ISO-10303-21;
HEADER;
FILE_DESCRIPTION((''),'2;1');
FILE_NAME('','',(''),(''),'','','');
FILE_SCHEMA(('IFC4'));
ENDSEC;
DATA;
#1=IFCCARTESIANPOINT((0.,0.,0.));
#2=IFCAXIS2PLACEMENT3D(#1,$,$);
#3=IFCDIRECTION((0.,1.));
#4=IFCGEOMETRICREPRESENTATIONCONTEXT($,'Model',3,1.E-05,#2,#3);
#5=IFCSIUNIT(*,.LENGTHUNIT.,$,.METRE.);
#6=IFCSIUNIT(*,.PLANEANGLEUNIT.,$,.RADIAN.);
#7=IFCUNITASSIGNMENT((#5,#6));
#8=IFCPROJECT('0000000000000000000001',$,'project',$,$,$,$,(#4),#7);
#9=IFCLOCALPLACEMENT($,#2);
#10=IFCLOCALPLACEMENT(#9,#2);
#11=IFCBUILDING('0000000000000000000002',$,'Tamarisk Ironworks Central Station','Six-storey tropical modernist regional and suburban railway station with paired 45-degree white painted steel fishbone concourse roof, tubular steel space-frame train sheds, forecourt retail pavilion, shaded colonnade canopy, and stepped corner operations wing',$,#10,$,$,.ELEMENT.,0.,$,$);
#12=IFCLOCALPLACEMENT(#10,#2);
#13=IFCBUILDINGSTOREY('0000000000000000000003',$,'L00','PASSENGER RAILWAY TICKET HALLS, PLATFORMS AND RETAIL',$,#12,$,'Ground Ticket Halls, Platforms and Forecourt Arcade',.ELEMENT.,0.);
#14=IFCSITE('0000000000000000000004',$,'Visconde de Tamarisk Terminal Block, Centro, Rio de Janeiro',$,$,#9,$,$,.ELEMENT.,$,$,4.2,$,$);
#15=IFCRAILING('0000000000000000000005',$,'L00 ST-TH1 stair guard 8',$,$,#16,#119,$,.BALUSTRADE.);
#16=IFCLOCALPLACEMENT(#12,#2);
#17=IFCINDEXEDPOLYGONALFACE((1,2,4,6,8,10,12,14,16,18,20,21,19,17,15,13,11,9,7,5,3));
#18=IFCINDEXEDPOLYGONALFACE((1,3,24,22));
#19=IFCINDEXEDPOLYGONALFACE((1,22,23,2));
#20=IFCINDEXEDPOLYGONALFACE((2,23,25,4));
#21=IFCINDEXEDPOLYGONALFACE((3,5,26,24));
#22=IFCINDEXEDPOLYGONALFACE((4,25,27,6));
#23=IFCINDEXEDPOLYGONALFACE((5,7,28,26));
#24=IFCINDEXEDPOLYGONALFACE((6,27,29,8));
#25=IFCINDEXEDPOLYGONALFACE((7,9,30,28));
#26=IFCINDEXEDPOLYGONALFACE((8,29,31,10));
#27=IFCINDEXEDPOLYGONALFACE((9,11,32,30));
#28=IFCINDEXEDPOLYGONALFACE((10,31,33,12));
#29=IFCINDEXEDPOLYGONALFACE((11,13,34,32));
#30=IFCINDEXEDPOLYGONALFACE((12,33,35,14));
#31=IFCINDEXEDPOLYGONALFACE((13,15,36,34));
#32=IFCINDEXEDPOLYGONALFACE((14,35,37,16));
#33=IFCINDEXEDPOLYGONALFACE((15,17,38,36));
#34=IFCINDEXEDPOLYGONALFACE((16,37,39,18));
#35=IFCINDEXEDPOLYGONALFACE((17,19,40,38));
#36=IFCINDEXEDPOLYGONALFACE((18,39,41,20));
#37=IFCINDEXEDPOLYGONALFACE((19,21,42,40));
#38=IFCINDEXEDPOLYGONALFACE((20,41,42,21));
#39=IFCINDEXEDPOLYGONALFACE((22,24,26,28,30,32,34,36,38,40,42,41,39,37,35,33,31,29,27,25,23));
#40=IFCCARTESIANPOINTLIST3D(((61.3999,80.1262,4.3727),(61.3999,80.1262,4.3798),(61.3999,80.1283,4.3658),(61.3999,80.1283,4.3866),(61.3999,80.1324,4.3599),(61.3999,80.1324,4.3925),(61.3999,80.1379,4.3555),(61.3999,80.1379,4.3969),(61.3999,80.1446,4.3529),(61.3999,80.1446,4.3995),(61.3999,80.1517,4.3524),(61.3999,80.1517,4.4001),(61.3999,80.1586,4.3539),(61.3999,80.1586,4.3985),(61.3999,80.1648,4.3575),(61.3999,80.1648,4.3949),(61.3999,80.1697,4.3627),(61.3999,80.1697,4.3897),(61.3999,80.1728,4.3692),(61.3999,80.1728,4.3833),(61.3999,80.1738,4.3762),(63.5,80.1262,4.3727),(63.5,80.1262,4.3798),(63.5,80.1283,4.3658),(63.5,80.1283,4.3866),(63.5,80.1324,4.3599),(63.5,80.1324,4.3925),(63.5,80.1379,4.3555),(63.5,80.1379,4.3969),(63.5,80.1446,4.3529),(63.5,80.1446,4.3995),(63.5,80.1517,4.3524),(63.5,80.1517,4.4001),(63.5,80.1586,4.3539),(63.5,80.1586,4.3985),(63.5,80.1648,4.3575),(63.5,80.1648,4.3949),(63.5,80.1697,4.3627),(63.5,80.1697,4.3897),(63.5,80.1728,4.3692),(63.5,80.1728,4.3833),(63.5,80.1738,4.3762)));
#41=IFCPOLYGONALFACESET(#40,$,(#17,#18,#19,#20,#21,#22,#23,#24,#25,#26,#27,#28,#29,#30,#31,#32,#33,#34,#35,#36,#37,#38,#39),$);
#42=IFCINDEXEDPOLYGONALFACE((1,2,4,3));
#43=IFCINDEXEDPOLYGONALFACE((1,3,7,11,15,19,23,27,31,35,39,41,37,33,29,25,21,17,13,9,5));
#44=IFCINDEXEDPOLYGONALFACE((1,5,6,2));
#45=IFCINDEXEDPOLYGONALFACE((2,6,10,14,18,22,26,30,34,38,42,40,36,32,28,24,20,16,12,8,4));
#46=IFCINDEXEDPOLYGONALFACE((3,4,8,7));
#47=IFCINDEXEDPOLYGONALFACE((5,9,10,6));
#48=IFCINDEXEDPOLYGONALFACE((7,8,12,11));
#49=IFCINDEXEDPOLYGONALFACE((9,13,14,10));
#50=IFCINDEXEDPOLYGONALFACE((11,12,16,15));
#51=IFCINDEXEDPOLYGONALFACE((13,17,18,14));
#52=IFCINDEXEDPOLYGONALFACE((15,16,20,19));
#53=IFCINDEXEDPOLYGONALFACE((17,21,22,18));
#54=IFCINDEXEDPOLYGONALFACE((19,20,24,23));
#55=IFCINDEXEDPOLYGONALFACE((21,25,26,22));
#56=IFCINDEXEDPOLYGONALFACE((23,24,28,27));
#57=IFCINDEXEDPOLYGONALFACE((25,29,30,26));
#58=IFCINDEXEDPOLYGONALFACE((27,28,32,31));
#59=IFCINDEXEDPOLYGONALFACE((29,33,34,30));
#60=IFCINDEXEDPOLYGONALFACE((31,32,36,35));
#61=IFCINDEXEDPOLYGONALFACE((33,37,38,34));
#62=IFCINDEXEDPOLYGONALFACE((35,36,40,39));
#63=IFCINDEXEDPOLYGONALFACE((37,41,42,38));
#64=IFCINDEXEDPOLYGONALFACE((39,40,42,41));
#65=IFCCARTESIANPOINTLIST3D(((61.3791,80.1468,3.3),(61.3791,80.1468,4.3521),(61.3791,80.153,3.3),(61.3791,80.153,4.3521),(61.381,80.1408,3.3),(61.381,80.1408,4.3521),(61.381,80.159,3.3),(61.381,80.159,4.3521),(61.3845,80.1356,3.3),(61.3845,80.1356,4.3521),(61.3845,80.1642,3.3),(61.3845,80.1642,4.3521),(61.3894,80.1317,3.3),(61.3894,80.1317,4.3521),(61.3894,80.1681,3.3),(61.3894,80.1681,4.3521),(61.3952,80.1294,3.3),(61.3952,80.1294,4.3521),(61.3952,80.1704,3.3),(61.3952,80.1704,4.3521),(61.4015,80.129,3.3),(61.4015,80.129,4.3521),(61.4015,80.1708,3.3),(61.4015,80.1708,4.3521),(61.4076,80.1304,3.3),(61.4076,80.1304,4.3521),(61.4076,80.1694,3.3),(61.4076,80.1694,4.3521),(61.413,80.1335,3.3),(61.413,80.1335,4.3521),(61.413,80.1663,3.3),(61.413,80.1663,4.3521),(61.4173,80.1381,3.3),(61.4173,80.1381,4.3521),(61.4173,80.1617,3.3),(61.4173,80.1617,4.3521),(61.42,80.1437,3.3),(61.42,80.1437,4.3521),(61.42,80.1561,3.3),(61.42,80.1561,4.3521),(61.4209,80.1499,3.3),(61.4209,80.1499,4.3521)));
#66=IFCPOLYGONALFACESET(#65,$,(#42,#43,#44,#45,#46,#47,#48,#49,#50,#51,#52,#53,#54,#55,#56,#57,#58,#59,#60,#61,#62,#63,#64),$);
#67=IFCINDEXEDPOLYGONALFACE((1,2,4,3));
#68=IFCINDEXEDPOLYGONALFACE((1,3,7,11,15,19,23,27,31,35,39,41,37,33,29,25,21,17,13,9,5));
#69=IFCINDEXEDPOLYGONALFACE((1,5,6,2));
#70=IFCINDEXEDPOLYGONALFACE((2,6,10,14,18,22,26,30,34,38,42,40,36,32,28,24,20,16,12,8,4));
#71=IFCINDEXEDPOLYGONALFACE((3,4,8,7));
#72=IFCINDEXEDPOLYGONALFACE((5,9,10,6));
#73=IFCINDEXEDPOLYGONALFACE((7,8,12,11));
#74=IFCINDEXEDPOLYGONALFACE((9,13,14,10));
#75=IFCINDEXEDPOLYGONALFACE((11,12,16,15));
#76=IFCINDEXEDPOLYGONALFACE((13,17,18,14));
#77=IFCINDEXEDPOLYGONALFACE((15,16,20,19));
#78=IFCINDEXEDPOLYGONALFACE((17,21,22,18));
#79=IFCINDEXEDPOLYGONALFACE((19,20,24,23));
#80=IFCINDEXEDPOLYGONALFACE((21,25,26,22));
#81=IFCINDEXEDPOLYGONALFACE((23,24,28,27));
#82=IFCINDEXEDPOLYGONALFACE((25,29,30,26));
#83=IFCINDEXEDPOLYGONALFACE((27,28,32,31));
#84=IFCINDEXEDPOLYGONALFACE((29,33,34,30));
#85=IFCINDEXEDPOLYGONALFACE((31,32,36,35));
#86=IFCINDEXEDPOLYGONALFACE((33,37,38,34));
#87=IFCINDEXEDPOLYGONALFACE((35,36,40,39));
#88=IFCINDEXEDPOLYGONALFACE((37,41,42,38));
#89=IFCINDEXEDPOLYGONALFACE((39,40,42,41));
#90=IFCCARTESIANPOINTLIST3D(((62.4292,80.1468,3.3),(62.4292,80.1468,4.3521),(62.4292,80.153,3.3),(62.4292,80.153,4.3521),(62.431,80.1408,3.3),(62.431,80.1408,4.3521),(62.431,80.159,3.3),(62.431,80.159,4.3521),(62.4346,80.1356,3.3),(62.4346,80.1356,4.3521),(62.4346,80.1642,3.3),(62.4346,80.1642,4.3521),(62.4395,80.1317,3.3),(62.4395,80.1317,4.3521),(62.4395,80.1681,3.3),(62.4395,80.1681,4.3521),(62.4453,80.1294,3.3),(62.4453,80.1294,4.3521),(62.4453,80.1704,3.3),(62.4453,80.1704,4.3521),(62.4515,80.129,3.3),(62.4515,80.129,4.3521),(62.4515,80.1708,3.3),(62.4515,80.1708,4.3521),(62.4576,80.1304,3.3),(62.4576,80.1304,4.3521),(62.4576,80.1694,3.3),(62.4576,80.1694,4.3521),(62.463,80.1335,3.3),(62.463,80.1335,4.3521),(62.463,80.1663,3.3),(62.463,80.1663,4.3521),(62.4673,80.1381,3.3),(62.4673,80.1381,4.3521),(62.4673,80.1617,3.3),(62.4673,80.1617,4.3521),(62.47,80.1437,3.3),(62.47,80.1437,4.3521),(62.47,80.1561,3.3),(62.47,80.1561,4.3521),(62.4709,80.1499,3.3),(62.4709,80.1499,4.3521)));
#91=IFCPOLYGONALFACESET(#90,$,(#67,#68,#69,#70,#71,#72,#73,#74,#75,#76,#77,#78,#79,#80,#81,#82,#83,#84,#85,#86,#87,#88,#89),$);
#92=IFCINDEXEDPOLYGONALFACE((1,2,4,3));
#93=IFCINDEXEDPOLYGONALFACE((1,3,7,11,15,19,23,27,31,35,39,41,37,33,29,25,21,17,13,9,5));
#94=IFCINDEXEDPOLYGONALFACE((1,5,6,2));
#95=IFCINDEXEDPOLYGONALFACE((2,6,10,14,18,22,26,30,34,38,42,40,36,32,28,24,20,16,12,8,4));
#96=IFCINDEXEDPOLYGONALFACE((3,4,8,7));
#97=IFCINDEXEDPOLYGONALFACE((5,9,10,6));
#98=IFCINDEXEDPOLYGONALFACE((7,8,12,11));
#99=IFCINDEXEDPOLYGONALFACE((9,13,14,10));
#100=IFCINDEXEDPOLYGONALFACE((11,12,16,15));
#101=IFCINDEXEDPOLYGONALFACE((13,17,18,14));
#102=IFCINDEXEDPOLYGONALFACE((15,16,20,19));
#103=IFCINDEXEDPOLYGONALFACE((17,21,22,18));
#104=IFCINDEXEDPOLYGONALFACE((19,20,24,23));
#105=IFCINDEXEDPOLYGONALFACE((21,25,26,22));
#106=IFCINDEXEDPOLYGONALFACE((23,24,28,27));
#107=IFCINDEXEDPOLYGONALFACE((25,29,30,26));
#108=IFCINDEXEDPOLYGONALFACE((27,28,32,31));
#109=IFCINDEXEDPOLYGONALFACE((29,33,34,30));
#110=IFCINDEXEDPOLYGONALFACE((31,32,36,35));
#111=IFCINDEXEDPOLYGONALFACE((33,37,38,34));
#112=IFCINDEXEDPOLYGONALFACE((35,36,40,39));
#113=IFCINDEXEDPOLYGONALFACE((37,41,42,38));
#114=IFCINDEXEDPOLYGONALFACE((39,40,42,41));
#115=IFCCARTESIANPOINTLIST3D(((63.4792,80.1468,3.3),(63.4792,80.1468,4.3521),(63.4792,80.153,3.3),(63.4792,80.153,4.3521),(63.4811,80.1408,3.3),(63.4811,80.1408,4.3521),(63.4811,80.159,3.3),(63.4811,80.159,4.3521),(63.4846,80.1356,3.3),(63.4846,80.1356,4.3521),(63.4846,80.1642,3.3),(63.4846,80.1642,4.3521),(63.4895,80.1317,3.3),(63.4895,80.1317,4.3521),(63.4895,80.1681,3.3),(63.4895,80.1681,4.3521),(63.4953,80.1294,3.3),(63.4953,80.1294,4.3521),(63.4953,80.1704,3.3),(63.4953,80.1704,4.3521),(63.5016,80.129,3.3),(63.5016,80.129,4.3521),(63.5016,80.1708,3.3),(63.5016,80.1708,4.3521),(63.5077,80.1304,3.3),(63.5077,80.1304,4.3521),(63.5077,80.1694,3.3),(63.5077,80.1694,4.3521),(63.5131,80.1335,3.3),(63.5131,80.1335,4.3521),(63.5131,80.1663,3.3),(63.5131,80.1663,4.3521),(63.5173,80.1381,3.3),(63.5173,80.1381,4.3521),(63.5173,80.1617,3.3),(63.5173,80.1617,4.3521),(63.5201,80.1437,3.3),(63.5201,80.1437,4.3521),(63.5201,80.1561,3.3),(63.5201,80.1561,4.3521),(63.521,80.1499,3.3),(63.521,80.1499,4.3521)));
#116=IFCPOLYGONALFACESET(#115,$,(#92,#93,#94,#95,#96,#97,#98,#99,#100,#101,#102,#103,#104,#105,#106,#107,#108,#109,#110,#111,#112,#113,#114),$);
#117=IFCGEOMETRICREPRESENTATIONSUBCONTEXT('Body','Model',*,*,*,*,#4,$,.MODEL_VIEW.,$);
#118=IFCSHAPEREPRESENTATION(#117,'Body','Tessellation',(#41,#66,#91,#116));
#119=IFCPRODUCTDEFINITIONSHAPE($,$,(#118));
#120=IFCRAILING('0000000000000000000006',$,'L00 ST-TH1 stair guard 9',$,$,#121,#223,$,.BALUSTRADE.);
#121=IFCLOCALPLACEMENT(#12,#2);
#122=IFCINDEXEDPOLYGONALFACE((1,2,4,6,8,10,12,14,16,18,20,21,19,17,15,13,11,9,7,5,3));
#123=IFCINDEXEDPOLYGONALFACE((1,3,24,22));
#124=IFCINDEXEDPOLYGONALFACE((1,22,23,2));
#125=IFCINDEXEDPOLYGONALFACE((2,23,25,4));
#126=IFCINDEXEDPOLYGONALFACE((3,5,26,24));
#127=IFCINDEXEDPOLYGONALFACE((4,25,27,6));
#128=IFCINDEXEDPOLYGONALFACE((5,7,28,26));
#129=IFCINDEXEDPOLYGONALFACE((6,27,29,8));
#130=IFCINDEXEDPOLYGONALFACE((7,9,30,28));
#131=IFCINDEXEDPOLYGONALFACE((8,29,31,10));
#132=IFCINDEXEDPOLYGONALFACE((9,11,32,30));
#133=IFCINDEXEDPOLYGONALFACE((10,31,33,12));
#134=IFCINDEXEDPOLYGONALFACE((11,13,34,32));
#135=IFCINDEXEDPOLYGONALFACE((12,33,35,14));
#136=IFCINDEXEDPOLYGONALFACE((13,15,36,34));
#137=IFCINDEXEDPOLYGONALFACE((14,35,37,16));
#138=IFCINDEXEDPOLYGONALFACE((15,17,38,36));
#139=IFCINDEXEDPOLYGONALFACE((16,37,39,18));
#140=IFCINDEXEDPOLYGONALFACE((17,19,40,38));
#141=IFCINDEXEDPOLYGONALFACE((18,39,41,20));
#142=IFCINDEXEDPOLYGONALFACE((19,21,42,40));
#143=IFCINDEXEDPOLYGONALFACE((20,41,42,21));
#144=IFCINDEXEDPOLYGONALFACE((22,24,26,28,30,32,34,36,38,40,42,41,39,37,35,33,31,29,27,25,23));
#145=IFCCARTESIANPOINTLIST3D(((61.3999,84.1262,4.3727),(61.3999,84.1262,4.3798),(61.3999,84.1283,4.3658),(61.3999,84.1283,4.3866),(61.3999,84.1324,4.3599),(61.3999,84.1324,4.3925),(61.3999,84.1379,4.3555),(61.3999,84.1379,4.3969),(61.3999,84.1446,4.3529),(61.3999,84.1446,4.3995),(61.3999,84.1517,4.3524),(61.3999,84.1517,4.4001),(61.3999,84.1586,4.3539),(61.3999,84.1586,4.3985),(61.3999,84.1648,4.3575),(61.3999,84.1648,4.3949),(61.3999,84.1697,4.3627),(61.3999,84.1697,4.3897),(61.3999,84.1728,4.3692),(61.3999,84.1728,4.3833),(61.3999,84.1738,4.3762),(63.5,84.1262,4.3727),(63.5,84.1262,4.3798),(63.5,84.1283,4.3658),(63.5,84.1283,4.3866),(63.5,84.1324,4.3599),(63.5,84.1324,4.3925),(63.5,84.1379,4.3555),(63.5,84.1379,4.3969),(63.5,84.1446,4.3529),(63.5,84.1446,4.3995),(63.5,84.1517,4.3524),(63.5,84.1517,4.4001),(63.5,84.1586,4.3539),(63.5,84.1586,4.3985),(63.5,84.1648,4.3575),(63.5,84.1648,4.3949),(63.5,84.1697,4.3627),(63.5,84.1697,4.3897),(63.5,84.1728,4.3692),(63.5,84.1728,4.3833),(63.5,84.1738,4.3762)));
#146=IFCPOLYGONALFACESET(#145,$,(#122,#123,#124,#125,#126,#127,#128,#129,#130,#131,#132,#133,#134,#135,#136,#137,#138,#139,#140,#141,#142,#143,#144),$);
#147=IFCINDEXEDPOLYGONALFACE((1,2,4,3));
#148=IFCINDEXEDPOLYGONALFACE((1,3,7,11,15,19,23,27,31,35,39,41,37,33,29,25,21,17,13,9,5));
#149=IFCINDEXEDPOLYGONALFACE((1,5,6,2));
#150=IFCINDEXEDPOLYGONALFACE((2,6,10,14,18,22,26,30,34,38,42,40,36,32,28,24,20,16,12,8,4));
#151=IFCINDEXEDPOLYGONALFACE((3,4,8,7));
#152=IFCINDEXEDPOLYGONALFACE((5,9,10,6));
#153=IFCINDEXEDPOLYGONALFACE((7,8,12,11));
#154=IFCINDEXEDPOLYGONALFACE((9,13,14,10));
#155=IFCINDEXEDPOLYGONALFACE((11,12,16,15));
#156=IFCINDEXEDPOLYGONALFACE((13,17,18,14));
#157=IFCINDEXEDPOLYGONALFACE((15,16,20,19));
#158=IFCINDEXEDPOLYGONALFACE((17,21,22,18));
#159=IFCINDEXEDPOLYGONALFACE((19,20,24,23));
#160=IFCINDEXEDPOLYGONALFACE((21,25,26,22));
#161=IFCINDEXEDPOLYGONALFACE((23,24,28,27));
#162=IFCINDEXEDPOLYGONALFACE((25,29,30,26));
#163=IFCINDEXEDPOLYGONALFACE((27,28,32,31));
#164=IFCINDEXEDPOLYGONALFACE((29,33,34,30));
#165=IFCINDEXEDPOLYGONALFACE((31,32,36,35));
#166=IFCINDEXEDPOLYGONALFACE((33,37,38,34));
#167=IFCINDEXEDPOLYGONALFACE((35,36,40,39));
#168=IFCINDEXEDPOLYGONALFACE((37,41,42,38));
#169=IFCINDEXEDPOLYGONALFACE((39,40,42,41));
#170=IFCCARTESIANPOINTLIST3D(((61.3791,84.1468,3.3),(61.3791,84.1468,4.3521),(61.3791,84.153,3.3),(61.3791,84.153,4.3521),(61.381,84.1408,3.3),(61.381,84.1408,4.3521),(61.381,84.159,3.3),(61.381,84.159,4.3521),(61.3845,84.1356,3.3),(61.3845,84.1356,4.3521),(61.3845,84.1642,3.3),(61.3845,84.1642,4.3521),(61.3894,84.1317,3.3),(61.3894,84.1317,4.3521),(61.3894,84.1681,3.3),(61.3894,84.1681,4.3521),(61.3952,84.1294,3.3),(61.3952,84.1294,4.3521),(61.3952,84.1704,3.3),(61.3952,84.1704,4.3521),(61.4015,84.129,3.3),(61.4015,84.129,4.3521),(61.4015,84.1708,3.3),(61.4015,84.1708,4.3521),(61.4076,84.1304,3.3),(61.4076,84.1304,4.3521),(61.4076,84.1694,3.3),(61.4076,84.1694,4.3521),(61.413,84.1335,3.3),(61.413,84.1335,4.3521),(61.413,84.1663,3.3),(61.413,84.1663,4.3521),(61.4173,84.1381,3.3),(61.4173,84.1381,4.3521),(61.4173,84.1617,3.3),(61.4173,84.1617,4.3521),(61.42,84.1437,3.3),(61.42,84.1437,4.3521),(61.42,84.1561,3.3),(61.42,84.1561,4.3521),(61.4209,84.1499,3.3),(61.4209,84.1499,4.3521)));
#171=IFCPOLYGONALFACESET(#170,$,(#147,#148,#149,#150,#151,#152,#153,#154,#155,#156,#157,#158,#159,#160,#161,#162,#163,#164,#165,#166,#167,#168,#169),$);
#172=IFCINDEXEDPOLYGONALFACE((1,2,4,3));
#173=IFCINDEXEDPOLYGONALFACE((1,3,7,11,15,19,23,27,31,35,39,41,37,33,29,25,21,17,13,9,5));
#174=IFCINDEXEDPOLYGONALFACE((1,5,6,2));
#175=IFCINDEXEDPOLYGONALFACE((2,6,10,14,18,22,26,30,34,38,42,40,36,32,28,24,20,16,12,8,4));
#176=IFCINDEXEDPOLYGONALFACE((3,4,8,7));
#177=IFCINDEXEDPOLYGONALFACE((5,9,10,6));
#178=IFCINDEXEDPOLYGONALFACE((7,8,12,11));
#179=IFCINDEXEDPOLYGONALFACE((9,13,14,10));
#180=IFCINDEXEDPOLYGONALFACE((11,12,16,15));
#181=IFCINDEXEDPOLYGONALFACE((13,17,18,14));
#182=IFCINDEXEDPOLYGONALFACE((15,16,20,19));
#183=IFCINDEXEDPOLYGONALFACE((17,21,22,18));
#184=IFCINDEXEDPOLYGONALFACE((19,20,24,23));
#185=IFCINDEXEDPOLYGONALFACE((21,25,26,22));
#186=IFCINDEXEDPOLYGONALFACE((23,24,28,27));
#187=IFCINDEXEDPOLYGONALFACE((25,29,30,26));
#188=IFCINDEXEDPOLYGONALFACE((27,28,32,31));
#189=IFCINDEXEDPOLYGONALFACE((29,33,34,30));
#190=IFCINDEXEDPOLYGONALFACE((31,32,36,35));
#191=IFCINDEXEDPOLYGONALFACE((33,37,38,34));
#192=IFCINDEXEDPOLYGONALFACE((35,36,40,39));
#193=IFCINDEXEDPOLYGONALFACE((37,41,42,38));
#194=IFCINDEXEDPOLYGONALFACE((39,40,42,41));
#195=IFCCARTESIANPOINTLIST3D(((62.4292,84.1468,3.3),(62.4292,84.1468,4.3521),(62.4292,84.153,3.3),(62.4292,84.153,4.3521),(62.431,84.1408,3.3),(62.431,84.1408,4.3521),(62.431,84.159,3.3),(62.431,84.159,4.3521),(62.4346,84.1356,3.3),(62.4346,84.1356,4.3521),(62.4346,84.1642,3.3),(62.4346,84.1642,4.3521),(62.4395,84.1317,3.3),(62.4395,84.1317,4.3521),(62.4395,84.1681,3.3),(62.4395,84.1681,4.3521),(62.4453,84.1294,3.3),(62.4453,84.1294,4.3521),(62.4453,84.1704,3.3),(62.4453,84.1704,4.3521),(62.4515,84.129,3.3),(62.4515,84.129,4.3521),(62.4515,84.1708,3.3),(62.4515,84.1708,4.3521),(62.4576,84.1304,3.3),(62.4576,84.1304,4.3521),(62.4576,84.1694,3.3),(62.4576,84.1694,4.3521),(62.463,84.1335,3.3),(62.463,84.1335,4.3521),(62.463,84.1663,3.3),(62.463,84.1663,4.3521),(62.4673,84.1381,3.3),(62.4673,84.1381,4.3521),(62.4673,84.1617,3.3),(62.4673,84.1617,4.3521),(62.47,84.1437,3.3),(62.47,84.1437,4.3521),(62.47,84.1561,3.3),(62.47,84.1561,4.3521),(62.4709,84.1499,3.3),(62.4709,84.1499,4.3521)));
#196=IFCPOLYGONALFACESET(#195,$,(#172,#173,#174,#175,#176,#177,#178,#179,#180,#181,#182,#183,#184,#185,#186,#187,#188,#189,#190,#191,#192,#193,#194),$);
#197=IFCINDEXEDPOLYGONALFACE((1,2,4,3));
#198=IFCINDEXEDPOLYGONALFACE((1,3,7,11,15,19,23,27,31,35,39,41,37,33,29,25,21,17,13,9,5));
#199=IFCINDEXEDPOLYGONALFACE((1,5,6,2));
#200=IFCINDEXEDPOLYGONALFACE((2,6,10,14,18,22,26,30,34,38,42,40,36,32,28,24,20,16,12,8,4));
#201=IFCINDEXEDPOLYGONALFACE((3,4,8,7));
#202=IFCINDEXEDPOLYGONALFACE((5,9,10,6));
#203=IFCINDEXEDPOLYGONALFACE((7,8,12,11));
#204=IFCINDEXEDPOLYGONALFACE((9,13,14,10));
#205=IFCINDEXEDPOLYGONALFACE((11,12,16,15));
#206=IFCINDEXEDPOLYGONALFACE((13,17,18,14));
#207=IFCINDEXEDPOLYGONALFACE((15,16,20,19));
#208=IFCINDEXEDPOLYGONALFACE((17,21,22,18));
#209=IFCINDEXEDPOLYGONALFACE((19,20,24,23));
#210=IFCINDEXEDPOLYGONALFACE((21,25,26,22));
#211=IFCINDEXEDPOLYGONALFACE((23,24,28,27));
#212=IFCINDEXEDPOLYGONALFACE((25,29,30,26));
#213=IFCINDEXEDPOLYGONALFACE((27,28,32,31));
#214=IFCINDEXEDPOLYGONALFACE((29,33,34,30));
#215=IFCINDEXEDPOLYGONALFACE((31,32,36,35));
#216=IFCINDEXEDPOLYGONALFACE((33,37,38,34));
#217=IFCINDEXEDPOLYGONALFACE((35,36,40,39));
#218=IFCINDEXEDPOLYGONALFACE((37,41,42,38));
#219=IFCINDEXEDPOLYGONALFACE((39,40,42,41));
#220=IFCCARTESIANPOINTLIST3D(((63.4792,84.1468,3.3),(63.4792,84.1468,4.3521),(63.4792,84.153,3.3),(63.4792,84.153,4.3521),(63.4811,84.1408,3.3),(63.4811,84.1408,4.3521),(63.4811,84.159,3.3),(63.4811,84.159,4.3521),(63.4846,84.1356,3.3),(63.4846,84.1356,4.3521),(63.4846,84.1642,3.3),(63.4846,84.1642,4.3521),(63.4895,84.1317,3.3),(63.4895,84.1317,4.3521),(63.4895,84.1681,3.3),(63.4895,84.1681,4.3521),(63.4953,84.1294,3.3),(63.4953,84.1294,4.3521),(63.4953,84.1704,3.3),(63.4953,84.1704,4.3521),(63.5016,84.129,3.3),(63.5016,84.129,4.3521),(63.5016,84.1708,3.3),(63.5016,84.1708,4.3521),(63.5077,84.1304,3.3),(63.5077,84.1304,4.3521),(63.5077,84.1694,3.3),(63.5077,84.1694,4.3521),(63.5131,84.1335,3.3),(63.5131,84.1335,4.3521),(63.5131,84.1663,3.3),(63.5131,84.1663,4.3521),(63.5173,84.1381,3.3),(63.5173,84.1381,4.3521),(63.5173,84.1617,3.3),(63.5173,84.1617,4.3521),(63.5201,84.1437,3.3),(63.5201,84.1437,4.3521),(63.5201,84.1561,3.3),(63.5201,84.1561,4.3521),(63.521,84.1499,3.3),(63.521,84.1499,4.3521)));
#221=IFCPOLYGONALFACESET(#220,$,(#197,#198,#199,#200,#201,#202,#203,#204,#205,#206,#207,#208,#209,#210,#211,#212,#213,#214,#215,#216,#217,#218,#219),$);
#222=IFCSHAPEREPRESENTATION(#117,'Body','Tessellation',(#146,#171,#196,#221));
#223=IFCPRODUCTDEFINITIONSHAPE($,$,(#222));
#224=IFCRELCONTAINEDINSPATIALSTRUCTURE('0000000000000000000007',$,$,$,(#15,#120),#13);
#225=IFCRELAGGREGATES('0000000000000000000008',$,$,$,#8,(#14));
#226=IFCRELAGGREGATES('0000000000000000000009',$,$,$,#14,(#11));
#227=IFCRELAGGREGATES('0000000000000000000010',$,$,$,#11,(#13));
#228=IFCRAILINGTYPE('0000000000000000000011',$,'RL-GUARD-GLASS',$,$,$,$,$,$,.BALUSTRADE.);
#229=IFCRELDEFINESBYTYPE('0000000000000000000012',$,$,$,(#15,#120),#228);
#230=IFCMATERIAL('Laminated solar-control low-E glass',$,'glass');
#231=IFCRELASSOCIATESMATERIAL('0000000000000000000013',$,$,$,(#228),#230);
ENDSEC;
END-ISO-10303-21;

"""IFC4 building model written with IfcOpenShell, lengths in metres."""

from ifc_helpers import new_model, si_unit, direction, frame, origin, origin_2d, place, context, subcontext, project, spatial, circle, extrude, material, type_object, element, save


model = new_model("IFC4")

# Units and contexts
model_context = context("Model", 3, precision=1e-05, world=origin(), true_north=direction((0.0, 1.0)))
body_context = subcontext(model_context, "Body", "Model", "MODEL_VIEW")
ifc_project = project(units=[si_unit("LENGTHUNIT", "METRE"), si_unit("PLANEANGLEUNIT", "RADIAN")], contexts=[model_context])

# Site, building, storey
site_placement = place(None, origin())
site = spatial("IfcSite", under=ifc_project, at=site_placement, Name="Visconde de Tamarisk Terminal Block, Centro, Rio de Janeiro", CompositionType="ELEMENT", RefElevation=4.2)
building_placement = place(site_placement, origin())
building = spatial("IfcBuilding", under=site, at=building_placement, Name="Tamarisk Ironworks Central Station", Description="Six-storey tropical modernist regional and suburban railway station with paired 45-degree white painted steel fishbone concourse roof, tubular steel space-frame train sheds, forecourt retail pavilion, shaded colonnade canopy, and stepped corner operations wing", CompositionType="ELEMENT", ElevationOfRefHeight=0.0)
storey_placement = place(building_placement, origin())
storey = spatial("IfcBuildingStorey", under=building, at=storey_placement, Name="L00", Description="PASSENGER RAILWAY TICKET HALLS, PLATFORMS AND RETAIL", LongName="Ground Ticket Halls, Platforms and Forecourt Arcade", CompositionType="ELEMENT", Elevation=0.0)

# Railings
ifc_material_1 = material(Name="Laminated solar-control low-E glass", Category="glass")
railing_type = type_object("IfcRailingType", Name="RL-GUARD-GLASS", PredefinedType="BALUSTRADE", material=ifc_material_1)
for number, where, name in (
    (1, (61.3999, 80.1499, 3.3), "L00 ST-TH1 stair guard 8"),
    (2, (61.3999, 84.1499, 3.3), "L00 ST-TH1 stair guard 9"),
):
    element("IfcRailing", number, at=place(storey_placement, frame(where)), inside=storey, type_object=railing_type, Name=name, PredefinedType="BALUSTRADE", context=body_context, shape_type="SweptSolid", body=[
        extrude(circle(Radius=0.0239, at=origin_2d()), frame((0.0, 0.0, 1.0762), z_axis=(1.0, 0.0, 0.0), x_axis=(0.0, 1.0, 0.0)), (0.0, 0.0, 1.0), 2.1001),
        extrude(circle(Radius=0.021, at=origin_2d()), origin(), (0.0, 0.0, 1.0), 1.052),
        extrude(circle(Radius=0.021, at=origin_2d()), frame((1.05, 0.0, 0.0)), (0.0, 0.0, 1.0), 1.052),
        extrude(circle(Radius=0.021, at=origin_2d()), frame((2.1001, 0.0, 0.0)), (0.0, 0.0, 1.0), 1.052),
    ])

save(model, "model.ifc")
